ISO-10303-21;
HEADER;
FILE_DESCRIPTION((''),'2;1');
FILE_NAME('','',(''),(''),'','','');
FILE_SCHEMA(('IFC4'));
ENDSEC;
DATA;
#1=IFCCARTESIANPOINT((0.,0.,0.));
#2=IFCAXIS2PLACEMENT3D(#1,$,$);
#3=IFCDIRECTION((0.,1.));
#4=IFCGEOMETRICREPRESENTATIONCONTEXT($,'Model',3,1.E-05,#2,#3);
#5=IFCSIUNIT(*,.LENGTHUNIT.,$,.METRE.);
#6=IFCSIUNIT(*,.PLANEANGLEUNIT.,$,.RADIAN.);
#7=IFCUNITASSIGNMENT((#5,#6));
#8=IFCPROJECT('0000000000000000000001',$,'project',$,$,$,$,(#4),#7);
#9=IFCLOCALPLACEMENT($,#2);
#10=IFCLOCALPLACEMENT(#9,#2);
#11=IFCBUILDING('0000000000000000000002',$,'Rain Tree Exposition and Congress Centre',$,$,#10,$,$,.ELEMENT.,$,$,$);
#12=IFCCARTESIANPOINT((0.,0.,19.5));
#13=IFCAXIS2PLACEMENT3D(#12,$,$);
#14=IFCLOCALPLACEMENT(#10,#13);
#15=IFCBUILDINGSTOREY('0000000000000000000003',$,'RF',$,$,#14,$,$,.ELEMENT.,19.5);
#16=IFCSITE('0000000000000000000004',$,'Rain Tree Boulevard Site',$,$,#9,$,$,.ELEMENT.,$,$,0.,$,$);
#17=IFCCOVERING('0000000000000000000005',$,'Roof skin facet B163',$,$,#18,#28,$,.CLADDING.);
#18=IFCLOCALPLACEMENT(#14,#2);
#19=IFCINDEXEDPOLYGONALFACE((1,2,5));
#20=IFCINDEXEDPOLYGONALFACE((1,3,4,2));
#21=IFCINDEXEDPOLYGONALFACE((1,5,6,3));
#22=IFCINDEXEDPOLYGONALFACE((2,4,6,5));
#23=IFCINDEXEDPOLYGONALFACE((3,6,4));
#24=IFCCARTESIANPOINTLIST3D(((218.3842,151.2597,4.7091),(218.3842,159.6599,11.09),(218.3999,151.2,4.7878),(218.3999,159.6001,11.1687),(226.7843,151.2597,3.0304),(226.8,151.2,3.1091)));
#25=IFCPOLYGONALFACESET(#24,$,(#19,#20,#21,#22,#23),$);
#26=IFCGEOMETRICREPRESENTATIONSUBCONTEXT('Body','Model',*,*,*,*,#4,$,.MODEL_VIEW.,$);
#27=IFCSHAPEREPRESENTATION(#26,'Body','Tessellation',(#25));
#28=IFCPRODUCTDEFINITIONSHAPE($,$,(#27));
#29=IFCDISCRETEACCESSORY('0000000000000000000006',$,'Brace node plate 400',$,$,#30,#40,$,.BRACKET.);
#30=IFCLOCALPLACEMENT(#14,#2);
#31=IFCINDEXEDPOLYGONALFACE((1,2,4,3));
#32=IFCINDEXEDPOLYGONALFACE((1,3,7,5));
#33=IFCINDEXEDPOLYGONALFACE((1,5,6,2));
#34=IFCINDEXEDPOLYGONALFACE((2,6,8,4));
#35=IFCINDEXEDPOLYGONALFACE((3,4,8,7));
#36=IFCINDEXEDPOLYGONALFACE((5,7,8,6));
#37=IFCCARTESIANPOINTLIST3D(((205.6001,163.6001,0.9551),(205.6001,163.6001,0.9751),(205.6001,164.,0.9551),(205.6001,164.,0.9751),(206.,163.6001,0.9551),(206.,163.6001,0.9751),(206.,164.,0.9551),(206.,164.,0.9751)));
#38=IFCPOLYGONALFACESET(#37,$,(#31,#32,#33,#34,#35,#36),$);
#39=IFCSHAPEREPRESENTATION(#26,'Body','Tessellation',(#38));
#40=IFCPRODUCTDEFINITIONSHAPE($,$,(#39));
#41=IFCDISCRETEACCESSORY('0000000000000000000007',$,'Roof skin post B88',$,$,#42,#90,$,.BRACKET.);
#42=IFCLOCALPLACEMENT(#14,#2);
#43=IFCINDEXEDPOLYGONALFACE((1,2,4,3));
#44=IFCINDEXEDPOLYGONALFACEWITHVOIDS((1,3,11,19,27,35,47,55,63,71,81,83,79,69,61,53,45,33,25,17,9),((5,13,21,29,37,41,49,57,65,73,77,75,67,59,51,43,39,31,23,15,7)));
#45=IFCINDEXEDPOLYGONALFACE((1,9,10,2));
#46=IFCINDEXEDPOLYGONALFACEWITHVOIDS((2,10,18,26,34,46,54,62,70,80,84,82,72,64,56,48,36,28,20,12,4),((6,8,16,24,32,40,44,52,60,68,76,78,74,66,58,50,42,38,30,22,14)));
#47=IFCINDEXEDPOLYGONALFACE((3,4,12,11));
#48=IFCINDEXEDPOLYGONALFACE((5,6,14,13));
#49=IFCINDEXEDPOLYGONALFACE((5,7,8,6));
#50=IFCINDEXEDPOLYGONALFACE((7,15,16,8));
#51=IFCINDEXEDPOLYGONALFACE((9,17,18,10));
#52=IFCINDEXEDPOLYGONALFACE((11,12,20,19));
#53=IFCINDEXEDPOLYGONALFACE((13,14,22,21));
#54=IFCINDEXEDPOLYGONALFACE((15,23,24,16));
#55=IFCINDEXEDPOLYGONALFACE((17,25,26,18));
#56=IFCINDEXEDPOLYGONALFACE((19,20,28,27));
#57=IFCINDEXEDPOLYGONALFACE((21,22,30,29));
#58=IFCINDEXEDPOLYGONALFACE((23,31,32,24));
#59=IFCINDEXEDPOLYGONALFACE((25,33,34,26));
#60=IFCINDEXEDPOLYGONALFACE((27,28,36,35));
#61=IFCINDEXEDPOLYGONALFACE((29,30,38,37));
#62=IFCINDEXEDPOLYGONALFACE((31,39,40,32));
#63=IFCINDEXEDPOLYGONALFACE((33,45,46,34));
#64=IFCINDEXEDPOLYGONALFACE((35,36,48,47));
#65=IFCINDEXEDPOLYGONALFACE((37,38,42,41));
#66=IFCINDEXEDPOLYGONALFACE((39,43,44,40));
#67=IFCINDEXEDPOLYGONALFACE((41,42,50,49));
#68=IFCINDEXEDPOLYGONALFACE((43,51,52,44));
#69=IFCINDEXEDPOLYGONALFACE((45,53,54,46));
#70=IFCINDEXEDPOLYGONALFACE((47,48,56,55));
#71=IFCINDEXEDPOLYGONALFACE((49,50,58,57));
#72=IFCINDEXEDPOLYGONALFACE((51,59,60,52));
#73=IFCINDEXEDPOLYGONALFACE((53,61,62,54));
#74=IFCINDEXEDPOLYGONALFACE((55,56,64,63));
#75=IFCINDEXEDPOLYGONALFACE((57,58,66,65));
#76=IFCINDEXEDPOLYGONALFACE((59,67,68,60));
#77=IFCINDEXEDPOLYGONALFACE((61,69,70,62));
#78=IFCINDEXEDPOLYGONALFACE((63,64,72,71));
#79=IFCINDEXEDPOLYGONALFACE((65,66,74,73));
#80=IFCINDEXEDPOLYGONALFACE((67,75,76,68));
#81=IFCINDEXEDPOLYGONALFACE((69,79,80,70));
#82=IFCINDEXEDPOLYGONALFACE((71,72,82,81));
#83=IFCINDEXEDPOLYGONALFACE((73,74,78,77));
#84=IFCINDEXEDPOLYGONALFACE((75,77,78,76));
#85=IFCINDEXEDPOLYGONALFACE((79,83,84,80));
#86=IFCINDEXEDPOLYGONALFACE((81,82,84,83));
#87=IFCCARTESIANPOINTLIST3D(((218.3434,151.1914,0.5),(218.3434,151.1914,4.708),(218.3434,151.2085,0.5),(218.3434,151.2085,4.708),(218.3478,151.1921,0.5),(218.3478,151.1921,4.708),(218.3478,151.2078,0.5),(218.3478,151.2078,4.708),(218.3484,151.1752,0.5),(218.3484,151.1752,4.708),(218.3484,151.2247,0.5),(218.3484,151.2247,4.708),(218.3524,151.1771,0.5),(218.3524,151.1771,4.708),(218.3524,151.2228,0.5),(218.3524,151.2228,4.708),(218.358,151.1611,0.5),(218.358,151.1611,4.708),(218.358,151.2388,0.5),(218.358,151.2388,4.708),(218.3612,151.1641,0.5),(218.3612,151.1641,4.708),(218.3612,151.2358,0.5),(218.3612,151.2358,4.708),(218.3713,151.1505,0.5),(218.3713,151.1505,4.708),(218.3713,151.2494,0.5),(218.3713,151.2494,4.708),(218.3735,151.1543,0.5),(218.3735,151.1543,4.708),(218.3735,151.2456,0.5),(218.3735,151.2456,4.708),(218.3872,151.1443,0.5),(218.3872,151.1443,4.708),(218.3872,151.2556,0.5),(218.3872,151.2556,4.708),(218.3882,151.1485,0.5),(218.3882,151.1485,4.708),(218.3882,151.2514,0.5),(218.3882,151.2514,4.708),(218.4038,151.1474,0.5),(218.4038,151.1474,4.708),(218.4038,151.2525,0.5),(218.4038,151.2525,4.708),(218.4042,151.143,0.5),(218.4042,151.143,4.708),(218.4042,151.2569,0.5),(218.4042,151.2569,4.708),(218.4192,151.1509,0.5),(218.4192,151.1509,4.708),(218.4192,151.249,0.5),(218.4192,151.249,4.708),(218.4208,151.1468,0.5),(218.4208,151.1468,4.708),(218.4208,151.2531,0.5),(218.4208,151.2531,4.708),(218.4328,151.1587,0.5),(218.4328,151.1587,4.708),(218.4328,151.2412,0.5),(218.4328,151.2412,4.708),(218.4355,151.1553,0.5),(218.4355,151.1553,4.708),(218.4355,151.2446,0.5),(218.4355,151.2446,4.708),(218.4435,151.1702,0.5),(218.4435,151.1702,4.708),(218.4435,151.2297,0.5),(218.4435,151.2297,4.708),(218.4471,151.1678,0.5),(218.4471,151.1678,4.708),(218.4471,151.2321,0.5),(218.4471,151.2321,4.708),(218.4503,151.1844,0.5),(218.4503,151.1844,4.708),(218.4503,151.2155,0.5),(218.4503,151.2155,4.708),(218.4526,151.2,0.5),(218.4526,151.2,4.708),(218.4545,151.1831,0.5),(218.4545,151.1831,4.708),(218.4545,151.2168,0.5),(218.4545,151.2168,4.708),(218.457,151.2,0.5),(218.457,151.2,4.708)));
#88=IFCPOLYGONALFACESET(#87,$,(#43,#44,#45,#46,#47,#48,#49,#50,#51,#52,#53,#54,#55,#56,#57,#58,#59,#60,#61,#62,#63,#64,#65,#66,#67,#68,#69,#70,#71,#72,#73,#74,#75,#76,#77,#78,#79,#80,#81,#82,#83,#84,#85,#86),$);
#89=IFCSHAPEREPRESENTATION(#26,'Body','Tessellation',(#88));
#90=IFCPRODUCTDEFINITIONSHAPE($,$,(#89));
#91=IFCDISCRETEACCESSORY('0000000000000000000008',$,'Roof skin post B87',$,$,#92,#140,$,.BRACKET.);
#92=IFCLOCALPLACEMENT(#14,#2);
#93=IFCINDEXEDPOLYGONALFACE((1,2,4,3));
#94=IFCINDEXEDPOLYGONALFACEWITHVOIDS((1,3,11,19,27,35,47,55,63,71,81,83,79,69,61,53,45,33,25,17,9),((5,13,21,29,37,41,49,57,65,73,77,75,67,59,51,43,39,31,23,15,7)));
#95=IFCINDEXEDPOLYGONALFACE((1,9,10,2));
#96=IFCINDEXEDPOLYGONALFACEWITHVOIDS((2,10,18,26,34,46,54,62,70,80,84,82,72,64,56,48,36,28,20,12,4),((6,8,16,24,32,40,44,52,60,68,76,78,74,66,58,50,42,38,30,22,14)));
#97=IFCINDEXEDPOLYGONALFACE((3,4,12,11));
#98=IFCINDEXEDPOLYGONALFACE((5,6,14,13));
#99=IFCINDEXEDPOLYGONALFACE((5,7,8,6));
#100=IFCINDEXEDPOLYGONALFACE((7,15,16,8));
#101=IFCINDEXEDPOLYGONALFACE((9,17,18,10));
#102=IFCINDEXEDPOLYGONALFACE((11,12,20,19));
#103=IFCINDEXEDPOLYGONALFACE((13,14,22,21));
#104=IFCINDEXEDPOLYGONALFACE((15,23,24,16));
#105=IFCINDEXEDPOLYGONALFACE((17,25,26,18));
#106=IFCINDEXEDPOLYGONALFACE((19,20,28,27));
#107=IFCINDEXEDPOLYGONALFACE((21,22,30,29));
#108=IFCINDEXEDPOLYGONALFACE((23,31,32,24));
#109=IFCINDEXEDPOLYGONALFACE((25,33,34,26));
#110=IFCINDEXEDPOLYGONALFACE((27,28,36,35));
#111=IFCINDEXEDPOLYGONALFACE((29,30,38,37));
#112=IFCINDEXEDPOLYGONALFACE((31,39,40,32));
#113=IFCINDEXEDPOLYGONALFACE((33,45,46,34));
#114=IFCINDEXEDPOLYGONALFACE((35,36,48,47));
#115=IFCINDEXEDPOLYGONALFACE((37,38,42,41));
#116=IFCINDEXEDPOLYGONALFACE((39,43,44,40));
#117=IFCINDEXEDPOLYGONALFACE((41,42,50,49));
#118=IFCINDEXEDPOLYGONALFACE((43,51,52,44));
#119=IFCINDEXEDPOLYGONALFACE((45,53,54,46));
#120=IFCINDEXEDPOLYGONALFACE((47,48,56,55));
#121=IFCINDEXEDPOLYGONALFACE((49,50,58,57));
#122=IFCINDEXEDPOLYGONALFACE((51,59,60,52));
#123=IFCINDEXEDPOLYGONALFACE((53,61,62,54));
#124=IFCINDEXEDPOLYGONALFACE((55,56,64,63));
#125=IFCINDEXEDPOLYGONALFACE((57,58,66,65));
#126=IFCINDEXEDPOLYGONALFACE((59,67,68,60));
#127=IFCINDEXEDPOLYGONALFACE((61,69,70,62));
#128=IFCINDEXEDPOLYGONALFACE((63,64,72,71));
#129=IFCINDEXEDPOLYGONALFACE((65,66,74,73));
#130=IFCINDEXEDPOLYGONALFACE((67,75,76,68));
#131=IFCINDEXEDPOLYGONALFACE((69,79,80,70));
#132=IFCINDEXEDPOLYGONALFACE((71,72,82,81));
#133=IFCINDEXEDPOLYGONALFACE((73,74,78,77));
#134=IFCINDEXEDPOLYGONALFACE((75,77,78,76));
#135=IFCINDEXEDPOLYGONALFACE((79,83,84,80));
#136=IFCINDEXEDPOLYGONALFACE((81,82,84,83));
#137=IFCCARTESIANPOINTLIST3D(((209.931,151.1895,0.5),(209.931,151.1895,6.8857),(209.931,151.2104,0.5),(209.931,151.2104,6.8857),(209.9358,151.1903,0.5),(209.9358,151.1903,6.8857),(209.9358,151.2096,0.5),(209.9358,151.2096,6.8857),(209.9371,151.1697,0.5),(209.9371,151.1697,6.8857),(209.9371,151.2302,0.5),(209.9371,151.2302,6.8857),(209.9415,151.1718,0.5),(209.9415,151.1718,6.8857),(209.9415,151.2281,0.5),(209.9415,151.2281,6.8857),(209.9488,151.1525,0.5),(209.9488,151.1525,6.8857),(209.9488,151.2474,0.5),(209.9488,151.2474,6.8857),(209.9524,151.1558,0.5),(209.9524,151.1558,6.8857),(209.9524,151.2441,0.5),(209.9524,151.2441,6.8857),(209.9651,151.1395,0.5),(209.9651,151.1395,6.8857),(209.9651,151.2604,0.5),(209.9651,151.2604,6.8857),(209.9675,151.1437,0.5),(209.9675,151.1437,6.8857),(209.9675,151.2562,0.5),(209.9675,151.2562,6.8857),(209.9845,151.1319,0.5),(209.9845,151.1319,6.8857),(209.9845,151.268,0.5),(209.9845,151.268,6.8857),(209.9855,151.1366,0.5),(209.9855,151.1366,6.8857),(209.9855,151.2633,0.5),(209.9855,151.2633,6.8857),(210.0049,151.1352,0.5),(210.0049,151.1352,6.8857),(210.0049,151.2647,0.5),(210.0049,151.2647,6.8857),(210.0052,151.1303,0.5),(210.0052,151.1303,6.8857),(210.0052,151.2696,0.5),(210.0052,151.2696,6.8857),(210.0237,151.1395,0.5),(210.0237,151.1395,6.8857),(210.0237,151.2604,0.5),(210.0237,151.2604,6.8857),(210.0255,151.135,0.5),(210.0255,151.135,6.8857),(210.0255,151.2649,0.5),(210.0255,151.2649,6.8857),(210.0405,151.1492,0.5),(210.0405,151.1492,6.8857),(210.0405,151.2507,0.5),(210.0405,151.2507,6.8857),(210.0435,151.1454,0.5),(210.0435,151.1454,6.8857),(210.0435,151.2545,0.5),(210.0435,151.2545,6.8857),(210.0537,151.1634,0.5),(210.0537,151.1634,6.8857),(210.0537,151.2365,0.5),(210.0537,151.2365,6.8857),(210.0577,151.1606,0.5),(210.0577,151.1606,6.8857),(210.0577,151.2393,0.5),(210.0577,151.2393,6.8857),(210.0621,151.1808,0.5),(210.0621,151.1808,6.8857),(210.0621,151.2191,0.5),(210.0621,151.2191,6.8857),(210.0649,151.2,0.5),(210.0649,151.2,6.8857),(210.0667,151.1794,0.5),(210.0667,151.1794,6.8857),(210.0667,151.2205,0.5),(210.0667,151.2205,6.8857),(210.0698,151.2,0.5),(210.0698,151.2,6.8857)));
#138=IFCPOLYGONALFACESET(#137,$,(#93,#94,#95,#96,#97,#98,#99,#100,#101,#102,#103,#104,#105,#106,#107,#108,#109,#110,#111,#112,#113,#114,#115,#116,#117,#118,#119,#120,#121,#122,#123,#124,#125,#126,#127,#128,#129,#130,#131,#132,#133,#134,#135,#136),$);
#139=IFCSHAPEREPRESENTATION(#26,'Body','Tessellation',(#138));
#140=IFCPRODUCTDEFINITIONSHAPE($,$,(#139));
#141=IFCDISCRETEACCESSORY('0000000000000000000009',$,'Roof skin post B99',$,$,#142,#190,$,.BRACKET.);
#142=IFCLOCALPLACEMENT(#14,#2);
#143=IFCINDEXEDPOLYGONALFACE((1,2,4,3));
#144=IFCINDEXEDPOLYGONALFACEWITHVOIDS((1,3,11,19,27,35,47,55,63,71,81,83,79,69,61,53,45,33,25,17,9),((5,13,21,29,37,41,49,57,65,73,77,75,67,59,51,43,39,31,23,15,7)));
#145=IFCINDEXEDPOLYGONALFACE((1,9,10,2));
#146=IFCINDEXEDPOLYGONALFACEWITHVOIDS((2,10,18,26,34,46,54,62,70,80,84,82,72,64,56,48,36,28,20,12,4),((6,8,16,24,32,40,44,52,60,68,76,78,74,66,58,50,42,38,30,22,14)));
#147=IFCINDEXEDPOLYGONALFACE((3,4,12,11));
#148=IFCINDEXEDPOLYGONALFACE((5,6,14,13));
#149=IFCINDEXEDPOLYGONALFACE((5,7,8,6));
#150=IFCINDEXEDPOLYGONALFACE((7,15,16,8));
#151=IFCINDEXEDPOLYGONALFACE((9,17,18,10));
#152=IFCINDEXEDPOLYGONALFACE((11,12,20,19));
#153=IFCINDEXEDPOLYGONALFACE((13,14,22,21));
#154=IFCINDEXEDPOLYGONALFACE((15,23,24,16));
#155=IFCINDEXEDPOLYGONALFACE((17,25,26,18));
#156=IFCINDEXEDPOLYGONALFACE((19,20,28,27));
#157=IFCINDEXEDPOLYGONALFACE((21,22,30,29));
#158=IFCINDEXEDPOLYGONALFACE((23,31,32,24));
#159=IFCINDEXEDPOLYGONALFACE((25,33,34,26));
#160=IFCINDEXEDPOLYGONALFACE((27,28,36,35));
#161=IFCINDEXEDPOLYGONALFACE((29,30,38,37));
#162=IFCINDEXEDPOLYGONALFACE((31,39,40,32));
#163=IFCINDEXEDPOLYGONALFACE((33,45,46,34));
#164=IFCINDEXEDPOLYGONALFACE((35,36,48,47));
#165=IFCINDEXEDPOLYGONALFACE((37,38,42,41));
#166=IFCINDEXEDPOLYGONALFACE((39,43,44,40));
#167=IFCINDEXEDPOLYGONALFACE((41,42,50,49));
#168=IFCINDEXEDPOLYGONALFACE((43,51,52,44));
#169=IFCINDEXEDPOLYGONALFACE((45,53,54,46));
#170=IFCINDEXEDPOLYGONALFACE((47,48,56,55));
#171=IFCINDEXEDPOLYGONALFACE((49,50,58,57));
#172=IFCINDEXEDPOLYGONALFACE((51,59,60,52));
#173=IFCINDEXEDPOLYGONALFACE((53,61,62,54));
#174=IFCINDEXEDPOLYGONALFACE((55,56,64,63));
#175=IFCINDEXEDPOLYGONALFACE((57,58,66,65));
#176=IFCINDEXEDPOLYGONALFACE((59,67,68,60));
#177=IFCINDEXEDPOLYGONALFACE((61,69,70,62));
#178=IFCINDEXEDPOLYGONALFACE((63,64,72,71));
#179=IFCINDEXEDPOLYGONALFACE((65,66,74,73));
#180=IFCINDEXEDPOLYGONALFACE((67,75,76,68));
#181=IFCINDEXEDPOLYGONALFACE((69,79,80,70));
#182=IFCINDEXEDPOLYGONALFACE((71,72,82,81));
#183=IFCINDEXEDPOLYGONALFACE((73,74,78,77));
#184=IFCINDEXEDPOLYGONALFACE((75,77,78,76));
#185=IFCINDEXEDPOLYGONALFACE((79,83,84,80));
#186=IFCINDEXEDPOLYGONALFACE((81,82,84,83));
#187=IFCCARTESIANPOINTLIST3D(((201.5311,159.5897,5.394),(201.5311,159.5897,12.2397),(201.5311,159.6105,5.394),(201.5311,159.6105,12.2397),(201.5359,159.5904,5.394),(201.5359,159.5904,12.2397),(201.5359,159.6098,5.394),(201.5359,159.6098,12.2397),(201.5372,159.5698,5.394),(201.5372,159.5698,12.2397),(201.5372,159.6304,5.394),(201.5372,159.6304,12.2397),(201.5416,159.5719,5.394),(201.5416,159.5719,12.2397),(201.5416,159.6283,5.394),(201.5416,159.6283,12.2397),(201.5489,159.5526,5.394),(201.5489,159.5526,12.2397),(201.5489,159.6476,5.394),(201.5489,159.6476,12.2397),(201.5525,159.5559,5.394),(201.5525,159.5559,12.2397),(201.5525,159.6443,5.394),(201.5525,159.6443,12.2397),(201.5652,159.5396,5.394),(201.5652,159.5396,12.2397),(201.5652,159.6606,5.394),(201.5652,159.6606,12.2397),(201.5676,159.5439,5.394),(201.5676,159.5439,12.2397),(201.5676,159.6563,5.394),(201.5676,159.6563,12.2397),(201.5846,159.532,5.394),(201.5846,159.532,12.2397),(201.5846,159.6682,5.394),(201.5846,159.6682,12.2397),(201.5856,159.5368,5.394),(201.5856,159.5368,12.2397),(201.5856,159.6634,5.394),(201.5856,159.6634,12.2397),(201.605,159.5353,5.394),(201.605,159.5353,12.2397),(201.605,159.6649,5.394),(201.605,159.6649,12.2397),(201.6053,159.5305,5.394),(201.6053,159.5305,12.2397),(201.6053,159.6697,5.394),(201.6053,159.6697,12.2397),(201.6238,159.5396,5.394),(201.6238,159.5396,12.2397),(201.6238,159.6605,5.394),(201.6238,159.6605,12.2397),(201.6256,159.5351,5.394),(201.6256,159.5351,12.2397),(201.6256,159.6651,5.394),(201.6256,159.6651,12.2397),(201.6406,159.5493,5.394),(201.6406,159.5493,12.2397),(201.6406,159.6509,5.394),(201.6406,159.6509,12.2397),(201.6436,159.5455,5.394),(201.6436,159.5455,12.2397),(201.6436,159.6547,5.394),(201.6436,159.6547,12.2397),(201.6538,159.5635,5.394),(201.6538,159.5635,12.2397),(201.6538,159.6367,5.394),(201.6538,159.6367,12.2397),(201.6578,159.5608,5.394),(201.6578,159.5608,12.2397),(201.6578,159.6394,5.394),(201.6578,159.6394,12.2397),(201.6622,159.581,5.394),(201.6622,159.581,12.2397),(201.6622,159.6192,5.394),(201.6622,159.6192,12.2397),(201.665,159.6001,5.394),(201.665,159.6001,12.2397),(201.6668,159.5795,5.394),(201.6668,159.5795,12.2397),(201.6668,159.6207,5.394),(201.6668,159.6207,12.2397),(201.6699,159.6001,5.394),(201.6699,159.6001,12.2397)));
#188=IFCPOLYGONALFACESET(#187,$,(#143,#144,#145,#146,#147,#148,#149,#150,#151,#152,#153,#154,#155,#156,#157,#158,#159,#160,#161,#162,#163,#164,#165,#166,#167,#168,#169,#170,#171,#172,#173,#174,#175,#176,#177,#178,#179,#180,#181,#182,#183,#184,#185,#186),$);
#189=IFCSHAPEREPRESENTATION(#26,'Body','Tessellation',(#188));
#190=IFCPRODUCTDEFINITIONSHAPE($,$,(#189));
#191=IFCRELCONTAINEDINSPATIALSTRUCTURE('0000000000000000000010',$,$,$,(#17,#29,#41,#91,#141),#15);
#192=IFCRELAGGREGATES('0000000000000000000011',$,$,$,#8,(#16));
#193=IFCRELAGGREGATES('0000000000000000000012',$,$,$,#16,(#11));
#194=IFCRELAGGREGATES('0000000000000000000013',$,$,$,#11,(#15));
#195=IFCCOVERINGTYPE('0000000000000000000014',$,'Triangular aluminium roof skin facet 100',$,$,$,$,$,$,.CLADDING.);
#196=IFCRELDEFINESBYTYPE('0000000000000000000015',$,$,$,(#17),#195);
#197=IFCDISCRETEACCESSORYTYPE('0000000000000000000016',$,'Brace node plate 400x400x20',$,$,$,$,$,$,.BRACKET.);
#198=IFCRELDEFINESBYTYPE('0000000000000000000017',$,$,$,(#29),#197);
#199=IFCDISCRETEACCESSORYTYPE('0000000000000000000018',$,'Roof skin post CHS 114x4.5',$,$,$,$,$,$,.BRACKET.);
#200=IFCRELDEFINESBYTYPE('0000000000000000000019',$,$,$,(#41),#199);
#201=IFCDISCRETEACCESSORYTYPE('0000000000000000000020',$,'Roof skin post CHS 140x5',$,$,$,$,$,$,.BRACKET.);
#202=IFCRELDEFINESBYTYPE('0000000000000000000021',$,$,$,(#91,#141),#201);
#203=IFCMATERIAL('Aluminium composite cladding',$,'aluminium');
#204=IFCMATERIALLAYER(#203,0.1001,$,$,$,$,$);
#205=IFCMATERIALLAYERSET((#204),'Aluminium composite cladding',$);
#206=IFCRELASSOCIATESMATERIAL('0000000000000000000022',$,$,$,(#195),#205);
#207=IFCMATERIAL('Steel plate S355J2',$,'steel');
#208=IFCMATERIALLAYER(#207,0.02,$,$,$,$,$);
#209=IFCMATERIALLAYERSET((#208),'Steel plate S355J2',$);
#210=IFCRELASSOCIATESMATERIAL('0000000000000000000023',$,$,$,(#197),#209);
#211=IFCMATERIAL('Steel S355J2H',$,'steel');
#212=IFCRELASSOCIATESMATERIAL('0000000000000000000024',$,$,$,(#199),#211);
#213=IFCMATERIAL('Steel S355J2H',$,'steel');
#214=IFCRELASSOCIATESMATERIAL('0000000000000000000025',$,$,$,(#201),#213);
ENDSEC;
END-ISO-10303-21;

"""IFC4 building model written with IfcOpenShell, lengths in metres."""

from ifc_helpers import new_model, si_unit, direction, frame, origin, origin_2d, place, context, subcontext, project, spatial, polyline, rectangle, hollow_circle, outline, extrude, material, layer, layer_set, material_profile, profile_set, type_object, element, save


model = new_model("IFC4")

# Units and contexts
model_context = context("Model", 3, precision=1e-05, world=origin(), true_north=direction((0.0, 1.0)))
body_context = subcontext(model_context, "Body", "Model", "MODEL_VIEW")
ifc_project = project(units=[si_unit("LENGTHUNIT", "METRE"), si_unit("PLANEANGLEUNIT", "RADIAN")], contexts=[model_context])

# Site, building, storey
site_placement = place(None, origin())
site = spatial("IfcSite", under=ifc_project, at=site_placement, Name="Rain Tree Boulevard Site", CompositionType="ELEMENT", RefElevation=0.0)
building_placement = place(site_placement, origin())
building = spatial("IfcBuilding", under=site, at=building_placement, Name="Rain Tree Exposition and Congress Centre", CompositionType="ELEMENT")
storey_placement = place(building_placement, frame((0.0, 0.0, 19.5)))
storey = spatial("IfcBuildingStorey", under=building, at=storey_placement, Name="RF", CompositionType="ELEMENT", Elevation=19.5)

# Covering
ifc_material_1 = material(Name="Aluminium composite cladding", Category="aluminium")
ifc_layer_1 = layer(ifc_material_1, 0.1001)
ifc_layer_set_1 = layer_set([ifc_layer_1], Name="Aluminium composite cladding")
covering_type = type_object("IfcCoveringType", Name="Triangular aluminium roof skin facet 100", PredefinedType="CLADDING", material=ifc_layer_set_1)
covering_1_placement = place(storey_placement, frame((218.3999, 151.2, 4.7878), z_axis=(0.15716, -0.597371, 0.786415), x_axis=(0.98061, 0.0, -0.195968)))
element("IfcCovering", 1, at=covering_1_placement, inside=storey, type_object=covering_type, Name="Roof skin facet B163", PredefinedType="CLADDING", context=body_context, shape_type="SweptSolid", body=[
    extrude(outline(polyline([(0.0, 0.0), (8.5662, 0.0), (-1.2504, 10.4745), (0.0, 0.0)])), origin(), (0.0, 0.0, -1.0), 0.1001),
])

# Discrete accessories
ifc_material_2 = material(Name="Steel plate S355J2", Category="steel")
ifc_layer_2 = layer(ifc_material_2, 0.02)
ifc_layer_set_2 = layer_set([ifc_layer_2], Name="Steel plate S355J2")
discrete_accessory_type_1 = type_object("IfcDiscreteAccessoryType", Name="Brace node plate 400x400x20", PredefinedType="BRACKET", material=ifc_layer_set_2)
discrete_accessory_1_placement = place(storey_placement, frame((205.8, 163.8, 0.9551), z_axis=(0.0, 0.0, 1.0), x_axis=(1.0, 0.0, 0.0)))
element("IfcDiscreteAccessory", 2, at=discrete_accessory_1_placement, inside=storey, type_object=discrete_accessory_type_1, Name="Brace node plate 400", PredefinedType="BRACKET", context=body_context, shape_type="SweptSolid", body=[
    extrude(rectangle(XDim=0.3999, YDim=0.3999, at=origin_2d()), origin(), (0.0, 0.0, 1.0), 0.02),
])
ifc_material_3 = material(Name="Steel S355J2H", Category="steel")
ifc_material_profile_1 = material_profile(ifc_material_3, hollow_circle(Radius=0.0571, WallThickness=0.0044, at=origin_2d()), Name="CHS 114x4.5")
ifc_profile_set_1 = profile_set([ifc_material_profile_1], Name="Steel S355J2H")
discrete_accessory_type_2 = type_object("IfcDiscreteAccessoryType", Name="Roof skin post CHS 114x4.5", PredefinedType="BRACKET", material=ifc_profile_set_1)
discrete_accessory_2_placement = place(storey_placement, frame((218.3999, 151.2, 0.5), z_axis=(0.0, 0.0, 1.0), x_axis=(1.0, 0.0, 0.0)))
element("IfcDiscreteAccessory", 3, at=discrete_accessory_2_placement, inside=storey, type_object=discrete_accessory_type_2, Name="Roof skin post B88", PredefinedType="BRACKET", context=body_context, shape_type="SweptSolid", body=[
    extrude(hollow_circle(Radius=0.0571, WallThickness=0.0044, at=origin_2d()), origin(), (0.0, 0.0, 1.0), 4.208),
])
ifc_material_4 = material(Name="Steel S355J2H", Category="steel")
ifc_material_profile_2 = material_profile(ifc_material_4, hollow_circle(Radius=0.0698, WallThickness=0.0049, at=origin_2d()), Name="CHS 140x5")
ifc_profile_set_2 = profile_set([ifc_material_profile_2], Name="Steel S355J2H")
discrete_accessory_type_3 = type_object("IfcDiscreteAccessoryType", Name="Roof skin post CHS 140x5", PredefinedType="BRACKET", material=ifc_profile_set_2)
discrete_accessory_3_placement = place(storey_placement, frame((210.0, 151.2, 0.5), z_axis=(0.0, 0.0, 1.0), x_axis=(1.0, 0.0, 0.0)))
element("IfcDiscreteAccessory", 4, at=discrete_accessory_3_placement, inside=storey, type_object=discrete_accessory_type_3, Name="Roof skin post B87", PredefinedType="BRACKET", context=body_context, shape_type="SweptSolid", body=[
    extrude(hollow_circle(Radius=0.0698, WallThickness=0.0049, at=origin_2d()), origin(), (0.0, 0.0, 1.0), 6.3857),
])
discrete_accessory_4_placement = place(storey_placement, frame((201.6001, 159.6001, 5.394), z_axis=(0.0, 0.0, 1.0), x_axis=(1.0, 0.0, 0.0)))
element("IfcDiscreteAccessory", 5, at=discrete_accessory_4_placement, inside=storey, type_object=discrete_accessory_type_3, Name="Roof skin post B99", PredefinedType="BRACKET", context=body_context, shape_type="SweptSolid", body=[
    extrude(hollow_circle(Radius=0.0698, WallThickness=0.0049, at=origin_2d()), origin(), (0.0, 0.0, 1.0), 6.8457),
])

save(model, "model.ifc")
